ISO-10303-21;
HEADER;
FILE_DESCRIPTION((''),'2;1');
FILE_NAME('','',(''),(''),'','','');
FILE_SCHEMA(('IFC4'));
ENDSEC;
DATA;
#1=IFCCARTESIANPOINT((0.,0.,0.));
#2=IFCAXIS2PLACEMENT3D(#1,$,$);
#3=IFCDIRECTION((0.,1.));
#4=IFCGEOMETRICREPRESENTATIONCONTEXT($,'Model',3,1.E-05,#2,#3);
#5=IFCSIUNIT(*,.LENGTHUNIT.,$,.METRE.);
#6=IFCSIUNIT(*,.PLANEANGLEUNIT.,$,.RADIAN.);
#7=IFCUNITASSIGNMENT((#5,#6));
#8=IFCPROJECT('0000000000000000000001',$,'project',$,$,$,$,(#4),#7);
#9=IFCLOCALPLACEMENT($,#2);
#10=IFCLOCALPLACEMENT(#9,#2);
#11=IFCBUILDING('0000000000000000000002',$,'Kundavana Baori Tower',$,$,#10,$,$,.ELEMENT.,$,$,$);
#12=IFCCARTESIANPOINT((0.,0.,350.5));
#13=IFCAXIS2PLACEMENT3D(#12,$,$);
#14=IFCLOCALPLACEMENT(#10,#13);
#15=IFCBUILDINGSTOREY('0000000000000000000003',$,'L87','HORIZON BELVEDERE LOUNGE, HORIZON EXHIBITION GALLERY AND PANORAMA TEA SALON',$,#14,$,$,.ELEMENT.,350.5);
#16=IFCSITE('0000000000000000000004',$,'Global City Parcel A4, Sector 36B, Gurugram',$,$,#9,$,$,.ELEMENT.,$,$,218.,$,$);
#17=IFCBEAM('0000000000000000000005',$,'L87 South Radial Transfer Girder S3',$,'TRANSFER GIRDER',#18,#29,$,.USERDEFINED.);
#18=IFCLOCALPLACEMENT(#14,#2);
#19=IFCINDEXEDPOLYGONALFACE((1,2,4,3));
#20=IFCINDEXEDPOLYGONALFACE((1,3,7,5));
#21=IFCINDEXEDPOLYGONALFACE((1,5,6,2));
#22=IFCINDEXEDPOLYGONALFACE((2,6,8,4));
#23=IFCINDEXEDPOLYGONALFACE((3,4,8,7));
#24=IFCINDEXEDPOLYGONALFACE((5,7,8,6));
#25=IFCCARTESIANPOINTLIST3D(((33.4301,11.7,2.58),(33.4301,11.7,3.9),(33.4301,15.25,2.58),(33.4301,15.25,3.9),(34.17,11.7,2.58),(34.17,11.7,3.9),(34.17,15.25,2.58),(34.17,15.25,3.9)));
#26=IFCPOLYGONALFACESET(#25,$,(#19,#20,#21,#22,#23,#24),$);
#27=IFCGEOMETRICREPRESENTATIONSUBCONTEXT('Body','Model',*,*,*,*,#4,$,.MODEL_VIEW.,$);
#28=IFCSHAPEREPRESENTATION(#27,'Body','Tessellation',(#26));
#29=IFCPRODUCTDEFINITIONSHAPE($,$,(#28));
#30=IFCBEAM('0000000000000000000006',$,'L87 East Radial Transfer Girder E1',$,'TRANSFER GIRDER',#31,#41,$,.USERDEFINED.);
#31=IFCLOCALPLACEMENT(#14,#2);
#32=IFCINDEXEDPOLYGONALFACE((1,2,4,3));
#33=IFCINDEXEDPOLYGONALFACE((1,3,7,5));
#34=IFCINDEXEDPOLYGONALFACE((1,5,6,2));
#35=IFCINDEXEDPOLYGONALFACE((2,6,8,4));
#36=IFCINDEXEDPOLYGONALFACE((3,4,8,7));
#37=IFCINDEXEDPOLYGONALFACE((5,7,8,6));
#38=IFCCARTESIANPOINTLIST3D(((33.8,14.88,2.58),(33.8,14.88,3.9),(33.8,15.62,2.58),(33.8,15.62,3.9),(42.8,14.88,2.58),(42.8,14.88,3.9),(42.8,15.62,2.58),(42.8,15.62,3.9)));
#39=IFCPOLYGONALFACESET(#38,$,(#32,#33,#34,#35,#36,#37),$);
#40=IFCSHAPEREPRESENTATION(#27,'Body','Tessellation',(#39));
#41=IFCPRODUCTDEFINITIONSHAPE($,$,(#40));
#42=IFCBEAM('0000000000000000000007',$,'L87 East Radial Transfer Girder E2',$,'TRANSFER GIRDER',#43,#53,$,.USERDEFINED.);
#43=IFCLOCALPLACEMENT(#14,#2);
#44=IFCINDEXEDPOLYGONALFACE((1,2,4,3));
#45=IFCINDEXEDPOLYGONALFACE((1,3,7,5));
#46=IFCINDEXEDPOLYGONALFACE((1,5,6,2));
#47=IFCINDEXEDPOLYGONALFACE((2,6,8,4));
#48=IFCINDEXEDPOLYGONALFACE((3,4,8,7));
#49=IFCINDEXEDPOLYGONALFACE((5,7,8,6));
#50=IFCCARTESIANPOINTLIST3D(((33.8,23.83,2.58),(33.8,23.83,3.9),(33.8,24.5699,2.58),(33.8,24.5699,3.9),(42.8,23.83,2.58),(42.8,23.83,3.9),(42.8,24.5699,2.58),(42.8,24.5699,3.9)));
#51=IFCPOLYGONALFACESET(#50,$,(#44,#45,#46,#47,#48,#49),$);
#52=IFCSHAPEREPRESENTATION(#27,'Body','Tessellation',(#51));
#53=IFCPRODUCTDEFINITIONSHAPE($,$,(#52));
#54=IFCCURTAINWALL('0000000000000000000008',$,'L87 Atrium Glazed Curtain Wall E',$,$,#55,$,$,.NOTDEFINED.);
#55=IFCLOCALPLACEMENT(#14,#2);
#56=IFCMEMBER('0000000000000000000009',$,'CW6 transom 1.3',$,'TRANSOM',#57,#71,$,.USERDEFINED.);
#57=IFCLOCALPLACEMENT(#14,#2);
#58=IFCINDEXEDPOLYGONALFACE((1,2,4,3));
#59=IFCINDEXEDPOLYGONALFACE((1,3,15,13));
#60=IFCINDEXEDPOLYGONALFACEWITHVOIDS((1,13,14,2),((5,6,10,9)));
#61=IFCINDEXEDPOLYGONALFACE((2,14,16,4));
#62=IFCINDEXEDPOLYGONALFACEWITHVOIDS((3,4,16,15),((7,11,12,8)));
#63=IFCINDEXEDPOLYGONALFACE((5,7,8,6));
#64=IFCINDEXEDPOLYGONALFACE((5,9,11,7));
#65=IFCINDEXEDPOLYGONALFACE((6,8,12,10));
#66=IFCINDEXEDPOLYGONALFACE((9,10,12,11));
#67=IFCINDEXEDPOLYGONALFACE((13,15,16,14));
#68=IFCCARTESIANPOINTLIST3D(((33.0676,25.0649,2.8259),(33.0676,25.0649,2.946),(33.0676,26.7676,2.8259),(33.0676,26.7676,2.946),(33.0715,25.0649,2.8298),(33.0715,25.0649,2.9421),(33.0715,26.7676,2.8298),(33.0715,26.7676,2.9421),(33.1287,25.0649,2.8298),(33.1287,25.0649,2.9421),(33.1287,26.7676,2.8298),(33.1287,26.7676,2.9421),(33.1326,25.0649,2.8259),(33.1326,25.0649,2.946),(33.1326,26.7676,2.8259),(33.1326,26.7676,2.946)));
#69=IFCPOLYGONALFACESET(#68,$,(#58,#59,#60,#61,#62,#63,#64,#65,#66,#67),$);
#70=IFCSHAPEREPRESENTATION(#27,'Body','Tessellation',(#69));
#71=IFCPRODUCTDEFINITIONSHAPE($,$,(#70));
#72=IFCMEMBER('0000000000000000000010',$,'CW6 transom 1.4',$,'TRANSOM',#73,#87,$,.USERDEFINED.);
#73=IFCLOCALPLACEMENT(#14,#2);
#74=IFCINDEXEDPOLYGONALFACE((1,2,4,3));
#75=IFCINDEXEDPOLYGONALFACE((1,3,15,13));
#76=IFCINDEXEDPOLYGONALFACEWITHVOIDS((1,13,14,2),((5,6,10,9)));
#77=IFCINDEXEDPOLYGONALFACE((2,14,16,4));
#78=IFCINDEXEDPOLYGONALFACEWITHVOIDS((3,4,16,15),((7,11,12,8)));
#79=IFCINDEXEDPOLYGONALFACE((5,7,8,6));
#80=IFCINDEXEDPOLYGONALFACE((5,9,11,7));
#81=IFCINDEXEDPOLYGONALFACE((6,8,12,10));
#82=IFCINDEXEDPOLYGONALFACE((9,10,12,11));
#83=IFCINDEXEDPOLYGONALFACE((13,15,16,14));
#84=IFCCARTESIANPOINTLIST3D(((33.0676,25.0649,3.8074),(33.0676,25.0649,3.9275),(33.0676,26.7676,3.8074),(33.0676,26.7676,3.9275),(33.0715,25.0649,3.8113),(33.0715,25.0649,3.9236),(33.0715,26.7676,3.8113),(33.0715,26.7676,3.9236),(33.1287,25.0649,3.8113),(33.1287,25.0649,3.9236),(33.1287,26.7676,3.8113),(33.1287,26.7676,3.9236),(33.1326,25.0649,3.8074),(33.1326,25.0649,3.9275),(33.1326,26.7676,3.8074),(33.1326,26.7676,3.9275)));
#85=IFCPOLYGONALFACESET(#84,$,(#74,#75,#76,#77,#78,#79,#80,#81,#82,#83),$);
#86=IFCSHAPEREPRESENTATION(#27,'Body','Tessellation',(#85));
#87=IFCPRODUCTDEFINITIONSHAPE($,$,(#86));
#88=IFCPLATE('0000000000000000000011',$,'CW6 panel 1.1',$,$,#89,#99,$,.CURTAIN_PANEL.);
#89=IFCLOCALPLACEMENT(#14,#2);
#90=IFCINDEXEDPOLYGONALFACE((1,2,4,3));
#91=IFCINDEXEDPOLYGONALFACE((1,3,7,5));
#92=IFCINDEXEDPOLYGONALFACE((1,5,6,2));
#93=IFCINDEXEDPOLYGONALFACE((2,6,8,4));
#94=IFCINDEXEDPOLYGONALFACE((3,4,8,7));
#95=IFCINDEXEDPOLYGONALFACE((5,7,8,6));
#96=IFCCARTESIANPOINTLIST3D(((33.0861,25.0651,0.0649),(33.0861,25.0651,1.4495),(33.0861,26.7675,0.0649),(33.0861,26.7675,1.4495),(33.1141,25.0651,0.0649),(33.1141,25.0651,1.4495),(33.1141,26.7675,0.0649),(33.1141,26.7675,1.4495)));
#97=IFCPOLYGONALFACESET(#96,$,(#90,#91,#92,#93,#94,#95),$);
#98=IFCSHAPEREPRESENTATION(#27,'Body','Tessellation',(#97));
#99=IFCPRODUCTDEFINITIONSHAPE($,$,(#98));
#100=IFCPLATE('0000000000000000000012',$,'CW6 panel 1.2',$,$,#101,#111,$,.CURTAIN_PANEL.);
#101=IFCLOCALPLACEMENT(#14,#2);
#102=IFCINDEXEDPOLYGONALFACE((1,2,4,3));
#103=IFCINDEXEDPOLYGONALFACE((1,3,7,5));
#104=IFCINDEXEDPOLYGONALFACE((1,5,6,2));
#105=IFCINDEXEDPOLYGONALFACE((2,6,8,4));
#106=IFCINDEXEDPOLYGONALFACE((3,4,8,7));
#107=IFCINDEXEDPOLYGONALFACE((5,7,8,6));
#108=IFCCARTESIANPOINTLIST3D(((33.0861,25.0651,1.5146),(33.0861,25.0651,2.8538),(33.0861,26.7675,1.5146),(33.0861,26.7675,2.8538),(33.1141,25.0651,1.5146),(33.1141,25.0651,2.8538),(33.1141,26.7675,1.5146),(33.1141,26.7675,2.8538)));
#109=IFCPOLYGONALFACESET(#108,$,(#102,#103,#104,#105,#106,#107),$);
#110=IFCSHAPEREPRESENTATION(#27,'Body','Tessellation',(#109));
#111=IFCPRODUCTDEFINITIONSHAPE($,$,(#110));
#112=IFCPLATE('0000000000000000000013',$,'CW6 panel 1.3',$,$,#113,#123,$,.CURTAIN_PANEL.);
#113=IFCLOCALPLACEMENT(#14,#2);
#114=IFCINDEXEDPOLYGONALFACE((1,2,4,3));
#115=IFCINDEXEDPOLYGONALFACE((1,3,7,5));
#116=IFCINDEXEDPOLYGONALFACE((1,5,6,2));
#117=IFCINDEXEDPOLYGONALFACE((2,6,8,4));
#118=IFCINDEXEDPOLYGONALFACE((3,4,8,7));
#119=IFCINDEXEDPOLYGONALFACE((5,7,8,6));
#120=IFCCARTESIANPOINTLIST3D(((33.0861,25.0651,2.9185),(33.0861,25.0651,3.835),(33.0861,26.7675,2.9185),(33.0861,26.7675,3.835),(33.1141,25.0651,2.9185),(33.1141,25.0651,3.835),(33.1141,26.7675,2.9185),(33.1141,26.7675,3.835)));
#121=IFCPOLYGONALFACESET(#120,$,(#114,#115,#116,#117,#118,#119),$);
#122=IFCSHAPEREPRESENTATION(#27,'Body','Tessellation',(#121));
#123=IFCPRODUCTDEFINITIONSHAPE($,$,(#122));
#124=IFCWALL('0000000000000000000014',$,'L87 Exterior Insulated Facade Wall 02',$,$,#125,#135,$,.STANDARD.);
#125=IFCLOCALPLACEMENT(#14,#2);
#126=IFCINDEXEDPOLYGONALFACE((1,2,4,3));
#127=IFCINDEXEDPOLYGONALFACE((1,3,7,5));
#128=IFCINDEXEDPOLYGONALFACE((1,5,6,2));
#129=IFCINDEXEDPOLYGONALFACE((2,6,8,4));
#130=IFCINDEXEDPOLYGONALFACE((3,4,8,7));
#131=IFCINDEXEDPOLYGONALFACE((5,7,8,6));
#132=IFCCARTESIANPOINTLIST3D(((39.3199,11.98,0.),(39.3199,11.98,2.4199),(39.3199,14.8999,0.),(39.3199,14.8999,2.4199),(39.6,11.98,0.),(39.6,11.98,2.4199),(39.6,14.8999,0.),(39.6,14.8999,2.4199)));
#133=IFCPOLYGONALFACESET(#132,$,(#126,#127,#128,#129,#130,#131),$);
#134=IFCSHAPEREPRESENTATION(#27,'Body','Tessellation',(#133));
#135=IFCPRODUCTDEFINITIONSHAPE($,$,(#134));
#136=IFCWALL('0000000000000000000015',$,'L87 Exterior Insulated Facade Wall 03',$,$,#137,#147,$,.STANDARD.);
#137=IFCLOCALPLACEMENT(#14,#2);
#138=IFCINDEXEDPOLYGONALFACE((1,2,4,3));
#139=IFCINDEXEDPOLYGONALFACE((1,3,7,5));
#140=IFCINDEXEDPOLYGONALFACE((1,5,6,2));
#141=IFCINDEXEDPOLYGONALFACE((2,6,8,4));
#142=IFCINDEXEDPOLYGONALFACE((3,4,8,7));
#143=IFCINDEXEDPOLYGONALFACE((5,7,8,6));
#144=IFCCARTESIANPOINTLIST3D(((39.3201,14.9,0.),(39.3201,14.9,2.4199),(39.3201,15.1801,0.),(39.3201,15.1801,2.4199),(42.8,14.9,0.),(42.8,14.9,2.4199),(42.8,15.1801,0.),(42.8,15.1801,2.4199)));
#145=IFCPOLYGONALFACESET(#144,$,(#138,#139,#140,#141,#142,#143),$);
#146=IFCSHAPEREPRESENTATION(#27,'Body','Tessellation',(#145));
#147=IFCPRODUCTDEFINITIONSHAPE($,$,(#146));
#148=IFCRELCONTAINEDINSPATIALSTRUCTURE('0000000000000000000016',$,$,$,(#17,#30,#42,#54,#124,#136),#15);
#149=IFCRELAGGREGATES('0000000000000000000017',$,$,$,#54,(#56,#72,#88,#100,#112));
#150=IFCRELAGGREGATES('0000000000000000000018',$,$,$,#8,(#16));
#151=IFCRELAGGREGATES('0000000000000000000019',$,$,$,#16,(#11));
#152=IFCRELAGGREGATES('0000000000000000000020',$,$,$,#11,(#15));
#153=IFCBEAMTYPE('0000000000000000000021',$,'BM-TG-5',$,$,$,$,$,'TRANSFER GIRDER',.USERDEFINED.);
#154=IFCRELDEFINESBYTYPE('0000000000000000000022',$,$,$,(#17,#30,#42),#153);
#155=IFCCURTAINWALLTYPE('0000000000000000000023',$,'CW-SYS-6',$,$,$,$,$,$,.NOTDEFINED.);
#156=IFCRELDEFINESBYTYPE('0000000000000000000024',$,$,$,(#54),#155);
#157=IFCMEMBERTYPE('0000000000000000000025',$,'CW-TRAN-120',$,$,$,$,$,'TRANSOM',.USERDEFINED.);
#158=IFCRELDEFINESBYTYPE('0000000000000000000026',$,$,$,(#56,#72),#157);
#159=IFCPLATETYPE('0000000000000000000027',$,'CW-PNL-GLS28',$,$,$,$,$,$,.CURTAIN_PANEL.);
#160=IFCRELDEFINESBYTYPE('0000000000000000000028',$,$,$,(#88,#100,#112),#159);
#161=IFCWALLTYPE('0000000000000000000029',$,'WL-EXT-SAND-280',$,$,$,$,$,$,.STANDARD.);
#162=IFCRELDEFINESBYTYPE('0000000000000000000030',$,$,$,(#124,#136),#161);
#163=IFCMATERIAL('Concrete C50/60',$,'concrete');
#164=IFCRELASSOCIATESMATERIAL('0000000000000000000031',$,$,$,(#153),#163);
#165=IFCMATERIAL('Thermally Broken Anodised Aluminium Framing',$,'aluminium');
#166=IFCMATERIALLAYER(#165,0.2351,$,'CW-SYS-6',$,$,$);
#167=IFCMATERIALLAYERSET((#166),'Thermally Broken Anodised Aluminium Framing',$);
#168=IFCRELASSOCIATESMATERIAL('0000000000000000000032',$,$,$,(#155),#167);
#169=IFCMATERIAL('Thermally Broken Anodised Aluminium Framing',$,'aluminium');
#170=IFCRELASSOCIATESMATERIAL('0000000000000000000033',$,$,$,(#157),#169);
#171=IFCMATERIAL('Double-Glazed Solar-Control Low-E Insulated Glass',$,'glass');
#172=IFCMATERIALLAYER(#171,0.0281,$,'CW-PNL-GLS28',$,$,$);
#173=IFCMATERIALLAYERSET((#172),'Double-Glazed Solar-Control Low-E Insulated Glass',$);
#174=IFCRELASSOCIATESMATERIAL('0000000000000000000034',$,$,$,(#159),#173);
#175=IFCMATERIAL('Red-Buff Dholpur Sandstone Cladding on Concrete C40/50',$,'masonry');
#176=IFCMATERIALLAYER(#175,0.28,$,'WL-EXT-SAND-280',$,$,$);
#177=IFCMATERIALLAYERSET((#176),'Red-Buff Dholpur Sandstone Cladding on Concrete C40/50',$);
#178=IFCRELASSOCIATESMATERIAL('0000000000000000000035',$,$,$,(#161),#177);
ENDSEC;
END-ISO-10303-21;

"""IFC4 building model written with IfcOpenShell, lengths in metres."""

from ifc_helpers import new_model, si_unit, direction, frame, frame_2d, origin, origin_2d, place, context, subcontext, project, spatial, rectangle, hollow_rectangle, extrude, material, layer, layer_set, material_profile, profile_set, type_object, element, aggregate, save


model = new_model("IFC4")

# Units and contexts
model_context = context("Model", 3, precision=1e-05, world=origin(), true_north=direction((0.0, 1.0)))
body_context = subcontext(model_context, "Body", "Model", "MODEL_VIEW")
ifc_project = project(units=[si_unit("LENGTHUNIT", "METRE"), si_unit("PLANEANGLEUNIT", "RADIAN")], contexts=[model_context])

# Site, building, storey
site_placement = place(None, origin())
site = spatial("IfcSite", under=ifc_project, at=site_placement, Name="Global City Parcel A4, Sector 36B, Gurugram", CompositionType="ELEMENT", RefElevation=218.0)
building_placement = place(site_placement, origin())
building = spatial("IfcBuilding", under=site, at=building_placement, Name="Kundavana Baori Tower", CompositionType="ELEMENT")
storey_placement = place(building_placement, frame((0.0, 0.0, 350.5)))
storey = spatial("IfcBuildingStorey", under=building, at=storey_placement, Name="L87", Description="HORIZON BELVEDERE LOUNGE, HORIZON EXHIBITION GALLERY AND PANORAMA TEA SALON", CompositionType="ELEMENT", Elevation=350.5)

# Beams
ifc_material_1 = material(Name="Concrete C50/60", Category="concrete")
ifc_material_profile_1 = material_profile(ifc_material_1, rectangle(XDim=0.74, YDim=1.3201, at=origin_2d()), Name="BM-TG-5")
ifc_profile_set_1 = profile_set([ifc_material_profile_1], Name="Concrete C50/60")
beam_type_1 = type_object("IfcBeamType", Name="BM-TG-5", ElementType="TRANSFER GIRDER", PredefinedType="USERDEFINED", material=ifc_profile_set_1)
beam_1_placement = place(storey_placement, frame((33.8, 15.25, 3.24), z_axis=(0.0, -1.0, 0.0), x_axis=(1.0, 0.0, 0.0)))
element("IfcBeam", 1, at=beam_1_placement, inside=storey, type_object=beam_type_1, Name="L87 South Radial Transfer Girder S3", ObjectType="TRANSFER GIRDER", PredefinedType="USERDEFINED", context=body_context, shape_type="SweptSolid", body=[
    extrude(rectangle(XDim=0.74, YDim=1.3201, at=origin_2d()), origin(), (0.0, 0.0, 1.0), 3.55),
])
for number, where, z_axis, x_axis, name in (
    (2, (33.8, 15.25, 3.24), (1.0, 0.0, 0.0), (0.0, 1.0, 0.0), "L87 East Radial Transfer Girder E1"),
    (3, (33.8, 24.2, 3.24), (1.0, 0.0, 0.0), (0.0, 1.0, 0.0), "L87 East Radial Transfer Girder E2"),
):
    element("IfcBeam", number, at=place(storey_placement, frame(where, z_axis=z_axis, x_axis=x_axis)), inside=storey, type_object=beam_type_1, Name=name, ObjectType="TRANSFER GIRDER", PredefinedType="USERDEFINED", context=body_context, shape_type="SweptSolid", body=[
        extrude(rectangle(XDim=0.74, YDim=1.3201, at=origin_2d()), origin(), (0.0, 0.0, 1.0), 9.0),
    ])

# Curtain wall, members, plates
ifc_material_2 = material(Name="Thermally Broken Anodised Aluminium Framing", Category="aluminium")
ifc_layer_1 = layer(ifc_material_2, 0.2351, Name="CW-SYS-6")
ifc_layer_set_1 = layer_set([ifc_layer_1], Name="Thermally Broken Anodised Aluminium Framing")
curtain_wall_type = type_object("IfcCurtainWallType", Name="CW-SYS-6", PredefinedType="NOTDEFINED", material=ifc_layer_set_1)
curtain_wall_placement = place(storey_placement, origin())
curtain_wall = element("IfcCurtainWall", 4, at=curtain_wall_placement, inside=storey, type_object=curtain_wall_type, Name="L87 Atrium Glazed Curtain Wall E", PredefinedType="NOTDEFINED")
ifc_material_3 = material(Name="Thermally Broken Anodised Aluminium Framing", Category="aluminium")
ifc_material_profile_2 = material_profile(ifc_material_3, hollow_rectangle(XDim=0.0649, YDim=0.1201, WallThickness=0.0039, at=origin_2d()), Name="CW-TRAN-120")
ifc_profile_set_2 = profile_set([ifc_material_profile_2], Name="Thermally Broken Anodised Aluminium Framing")
member_type = type_object("IfcMemberType", Name="CW-TRAN-120", ElementType="TRANSOM", PredefinedType="USERDEFINED", material=ifc_profile_set_2)
member_1_placement = place(storey_placement, frame((33.1001, 25.0649, 2.886), z_axis=(0.0, 1.0, 0.0), x_axis=(-1.0, 0.0, 0.0)))
member_1 = element("IfcMember", 5, at=member_1_placement, type_object=member_type, Name="CW6 transom 1.3", ObjectType="TRANSOM", PredefinedType="USERDEFINED", context=body_context, shape_type="SweptSolid", body=[
    extrude(hollow_rectangle(XDim=0.0649, YDim=0.1201, WallThickness=0.0039, at=origin_2d()), origin(), (0.0, 0.0, 1.0), 1.7026),
])
member_2_placement = place(storey_placement, frame((33.1001, 25.0649, 3.8674), z_axis=(0.0, 1.0, 0.0), x_axis=(-1.0, 0.0, 0.0)))
member_2 = element("IfcMember", 6, at=member_2_placement, type_object=member_type, Name="CW6 transom 1.4", ObjectType="TRANSOM", PredefinedType="USERDEFINED", context=body_context, shape_type="SweptSolid", body=[
    extrude(hollow_rectangle(XDim=0.0649, YDim=0.1201, WallThickness=0.0039, at=origin_2d()), origin(), (0.0, 0.0, 1.0), 1.7026),
])
ifc_material_4 = material(Name="Double-Glazed Solar-Control Low-E Insulated Glass", Category="glass")
ifc_layer_2 = layer(ifc_material_4, 0.0281, Name="CW-PNL-GLS28")
ifc_layer_set_2 = layer_set([ifc_layer_2], Name="Double-Glazed Solar-Control Low-E Insulated Glass")
plate_type = type_object("IfcPlateType", Name="CW-PNL-GLS28", PredefinedType="CURTAIN_PANEL", material=ifc_layer_set_2)
plate_1_placement = place(storey_placement, frame((33.1001, 25.9163, 0.0649), z_axis=(0.0, 0.0, 1.0), x_axis=(0.0, 1.0, 0.0)))
plate_1 = element("IfcPlate", 7, at=plate_1_placement, type_object=plate_type, Name="CW6 panel 1.1", PredefinedType="CURTAIN_PANEL", context=body_context, shape_type="SweptSolid", body=[
    extrude(rectangle(XDim=1.7024, YDim=0.0281, at=origin_2d()), origin(), (0.0, 0.0, 1.0), 1.3845),
])
plate_2_placement = place(storey_placement, frame((33.1001, 25.9163, 1.5146), z_axis=(0.0, 0.0, 1.0), x_axis=(0.0, 1.0, 0.0)))
plate_2 = element("IfcPlate", 8, at=plate_2_placement, type_object=plate_type, Name="CW6 panel 1.2", PredefinedType="CURTAIN_PANEL", context=body_context, shape_type="SweptSolid", body=[
    extrude(rectangle(XDim=1.7024, YDim=0.0281, at=origin_2d()), origin(), (0.0, 0.0, 1.0), 1.3391),
])
plate_3_placement = place(storey_placement, frame((33.1001, 25.9163, 2.9185), z_axis=(0.0, 0.0, 1.0), x_axis=(0.0, 1.0, 0.0)))
plate_3 = element("IfcPlate", 9, at=plate_3_placement, type_object=plate_type, Name="CW6 panel 1.3", PredefinedType="CURTAIN_PANEL", context=body_context, shape_type="SweptSolid", body=[
    extrude(rectangle(XDim=1.7024, YDim=0.0281, at=origin_2d()), origin(), (0.0, 0.0, 1.0), 0.9165),
])
aggregate(curtain_wall, [member_1, member_2, plate_1, plate_2, plate_3])

# Walls
ifc_material_5 = material(Name="Red-Buff Dholpur Sandstone Cladding on Concrete C40/50", Category="masonry")
ifc_layer_3 = layer(ifc_material_5, 0.28, Name="WL-EXT-SAND-280")
ifc_layer_set_3 = layer_set([ifc_layer_3], Name="Red-Buff Dholpur Sandstone Cladding on Concrete C40/50")
wall_type_1 = type_object("IfcWallType", Name="WL-EXT-SAND-280", PredefinedType="STANDARD", material=ifc_layer_set_3)
wall_1_placement = place(storey_placement, frame((39.46, 11.98, 0.0), z_axis=(0.0, 0.0, 1.0), x_axis=(0.0, 1.0, 0.0)))
element("IfcWall", 10, at=wall_1_placement, inside=storey, type_object=wall_type_1, Name="L87 Exterior Insulated Facade Wall 02", PredefinedType="STANDARD", context=body_context, shape_type="SweptSolid", body=[
    extrude(rectangle(XDim=2.9199, YDim=0.28, at=frame_2d((1.46, 0.0))), origin(), (0.0, 0.0, 1.0), 2.4199),
])
wall_2_placement = place(storey_placement, frame((39.3201, 15.04, 0.0), z_axis=(0.0, 0.0, 1.0), x_axis=(1.0, 0.0, 0.0)))
element("IfcWall", 11, at=wall_2_placement, inside=storey, type_object=wall_type_1, Name="L87 Exterior Insulated Facade Wall 03", PredefinedType="STANDARD", context=body_context, shape_type="SweptSolid", body=[
    extrude(rectangle(XDim=3.48, YDim=0.28, at=frame_2d((1.74, 0.0))), origin(), (0.0, 0.0, 1.0), 2.4199),
])

save(model, "model.ifc")
